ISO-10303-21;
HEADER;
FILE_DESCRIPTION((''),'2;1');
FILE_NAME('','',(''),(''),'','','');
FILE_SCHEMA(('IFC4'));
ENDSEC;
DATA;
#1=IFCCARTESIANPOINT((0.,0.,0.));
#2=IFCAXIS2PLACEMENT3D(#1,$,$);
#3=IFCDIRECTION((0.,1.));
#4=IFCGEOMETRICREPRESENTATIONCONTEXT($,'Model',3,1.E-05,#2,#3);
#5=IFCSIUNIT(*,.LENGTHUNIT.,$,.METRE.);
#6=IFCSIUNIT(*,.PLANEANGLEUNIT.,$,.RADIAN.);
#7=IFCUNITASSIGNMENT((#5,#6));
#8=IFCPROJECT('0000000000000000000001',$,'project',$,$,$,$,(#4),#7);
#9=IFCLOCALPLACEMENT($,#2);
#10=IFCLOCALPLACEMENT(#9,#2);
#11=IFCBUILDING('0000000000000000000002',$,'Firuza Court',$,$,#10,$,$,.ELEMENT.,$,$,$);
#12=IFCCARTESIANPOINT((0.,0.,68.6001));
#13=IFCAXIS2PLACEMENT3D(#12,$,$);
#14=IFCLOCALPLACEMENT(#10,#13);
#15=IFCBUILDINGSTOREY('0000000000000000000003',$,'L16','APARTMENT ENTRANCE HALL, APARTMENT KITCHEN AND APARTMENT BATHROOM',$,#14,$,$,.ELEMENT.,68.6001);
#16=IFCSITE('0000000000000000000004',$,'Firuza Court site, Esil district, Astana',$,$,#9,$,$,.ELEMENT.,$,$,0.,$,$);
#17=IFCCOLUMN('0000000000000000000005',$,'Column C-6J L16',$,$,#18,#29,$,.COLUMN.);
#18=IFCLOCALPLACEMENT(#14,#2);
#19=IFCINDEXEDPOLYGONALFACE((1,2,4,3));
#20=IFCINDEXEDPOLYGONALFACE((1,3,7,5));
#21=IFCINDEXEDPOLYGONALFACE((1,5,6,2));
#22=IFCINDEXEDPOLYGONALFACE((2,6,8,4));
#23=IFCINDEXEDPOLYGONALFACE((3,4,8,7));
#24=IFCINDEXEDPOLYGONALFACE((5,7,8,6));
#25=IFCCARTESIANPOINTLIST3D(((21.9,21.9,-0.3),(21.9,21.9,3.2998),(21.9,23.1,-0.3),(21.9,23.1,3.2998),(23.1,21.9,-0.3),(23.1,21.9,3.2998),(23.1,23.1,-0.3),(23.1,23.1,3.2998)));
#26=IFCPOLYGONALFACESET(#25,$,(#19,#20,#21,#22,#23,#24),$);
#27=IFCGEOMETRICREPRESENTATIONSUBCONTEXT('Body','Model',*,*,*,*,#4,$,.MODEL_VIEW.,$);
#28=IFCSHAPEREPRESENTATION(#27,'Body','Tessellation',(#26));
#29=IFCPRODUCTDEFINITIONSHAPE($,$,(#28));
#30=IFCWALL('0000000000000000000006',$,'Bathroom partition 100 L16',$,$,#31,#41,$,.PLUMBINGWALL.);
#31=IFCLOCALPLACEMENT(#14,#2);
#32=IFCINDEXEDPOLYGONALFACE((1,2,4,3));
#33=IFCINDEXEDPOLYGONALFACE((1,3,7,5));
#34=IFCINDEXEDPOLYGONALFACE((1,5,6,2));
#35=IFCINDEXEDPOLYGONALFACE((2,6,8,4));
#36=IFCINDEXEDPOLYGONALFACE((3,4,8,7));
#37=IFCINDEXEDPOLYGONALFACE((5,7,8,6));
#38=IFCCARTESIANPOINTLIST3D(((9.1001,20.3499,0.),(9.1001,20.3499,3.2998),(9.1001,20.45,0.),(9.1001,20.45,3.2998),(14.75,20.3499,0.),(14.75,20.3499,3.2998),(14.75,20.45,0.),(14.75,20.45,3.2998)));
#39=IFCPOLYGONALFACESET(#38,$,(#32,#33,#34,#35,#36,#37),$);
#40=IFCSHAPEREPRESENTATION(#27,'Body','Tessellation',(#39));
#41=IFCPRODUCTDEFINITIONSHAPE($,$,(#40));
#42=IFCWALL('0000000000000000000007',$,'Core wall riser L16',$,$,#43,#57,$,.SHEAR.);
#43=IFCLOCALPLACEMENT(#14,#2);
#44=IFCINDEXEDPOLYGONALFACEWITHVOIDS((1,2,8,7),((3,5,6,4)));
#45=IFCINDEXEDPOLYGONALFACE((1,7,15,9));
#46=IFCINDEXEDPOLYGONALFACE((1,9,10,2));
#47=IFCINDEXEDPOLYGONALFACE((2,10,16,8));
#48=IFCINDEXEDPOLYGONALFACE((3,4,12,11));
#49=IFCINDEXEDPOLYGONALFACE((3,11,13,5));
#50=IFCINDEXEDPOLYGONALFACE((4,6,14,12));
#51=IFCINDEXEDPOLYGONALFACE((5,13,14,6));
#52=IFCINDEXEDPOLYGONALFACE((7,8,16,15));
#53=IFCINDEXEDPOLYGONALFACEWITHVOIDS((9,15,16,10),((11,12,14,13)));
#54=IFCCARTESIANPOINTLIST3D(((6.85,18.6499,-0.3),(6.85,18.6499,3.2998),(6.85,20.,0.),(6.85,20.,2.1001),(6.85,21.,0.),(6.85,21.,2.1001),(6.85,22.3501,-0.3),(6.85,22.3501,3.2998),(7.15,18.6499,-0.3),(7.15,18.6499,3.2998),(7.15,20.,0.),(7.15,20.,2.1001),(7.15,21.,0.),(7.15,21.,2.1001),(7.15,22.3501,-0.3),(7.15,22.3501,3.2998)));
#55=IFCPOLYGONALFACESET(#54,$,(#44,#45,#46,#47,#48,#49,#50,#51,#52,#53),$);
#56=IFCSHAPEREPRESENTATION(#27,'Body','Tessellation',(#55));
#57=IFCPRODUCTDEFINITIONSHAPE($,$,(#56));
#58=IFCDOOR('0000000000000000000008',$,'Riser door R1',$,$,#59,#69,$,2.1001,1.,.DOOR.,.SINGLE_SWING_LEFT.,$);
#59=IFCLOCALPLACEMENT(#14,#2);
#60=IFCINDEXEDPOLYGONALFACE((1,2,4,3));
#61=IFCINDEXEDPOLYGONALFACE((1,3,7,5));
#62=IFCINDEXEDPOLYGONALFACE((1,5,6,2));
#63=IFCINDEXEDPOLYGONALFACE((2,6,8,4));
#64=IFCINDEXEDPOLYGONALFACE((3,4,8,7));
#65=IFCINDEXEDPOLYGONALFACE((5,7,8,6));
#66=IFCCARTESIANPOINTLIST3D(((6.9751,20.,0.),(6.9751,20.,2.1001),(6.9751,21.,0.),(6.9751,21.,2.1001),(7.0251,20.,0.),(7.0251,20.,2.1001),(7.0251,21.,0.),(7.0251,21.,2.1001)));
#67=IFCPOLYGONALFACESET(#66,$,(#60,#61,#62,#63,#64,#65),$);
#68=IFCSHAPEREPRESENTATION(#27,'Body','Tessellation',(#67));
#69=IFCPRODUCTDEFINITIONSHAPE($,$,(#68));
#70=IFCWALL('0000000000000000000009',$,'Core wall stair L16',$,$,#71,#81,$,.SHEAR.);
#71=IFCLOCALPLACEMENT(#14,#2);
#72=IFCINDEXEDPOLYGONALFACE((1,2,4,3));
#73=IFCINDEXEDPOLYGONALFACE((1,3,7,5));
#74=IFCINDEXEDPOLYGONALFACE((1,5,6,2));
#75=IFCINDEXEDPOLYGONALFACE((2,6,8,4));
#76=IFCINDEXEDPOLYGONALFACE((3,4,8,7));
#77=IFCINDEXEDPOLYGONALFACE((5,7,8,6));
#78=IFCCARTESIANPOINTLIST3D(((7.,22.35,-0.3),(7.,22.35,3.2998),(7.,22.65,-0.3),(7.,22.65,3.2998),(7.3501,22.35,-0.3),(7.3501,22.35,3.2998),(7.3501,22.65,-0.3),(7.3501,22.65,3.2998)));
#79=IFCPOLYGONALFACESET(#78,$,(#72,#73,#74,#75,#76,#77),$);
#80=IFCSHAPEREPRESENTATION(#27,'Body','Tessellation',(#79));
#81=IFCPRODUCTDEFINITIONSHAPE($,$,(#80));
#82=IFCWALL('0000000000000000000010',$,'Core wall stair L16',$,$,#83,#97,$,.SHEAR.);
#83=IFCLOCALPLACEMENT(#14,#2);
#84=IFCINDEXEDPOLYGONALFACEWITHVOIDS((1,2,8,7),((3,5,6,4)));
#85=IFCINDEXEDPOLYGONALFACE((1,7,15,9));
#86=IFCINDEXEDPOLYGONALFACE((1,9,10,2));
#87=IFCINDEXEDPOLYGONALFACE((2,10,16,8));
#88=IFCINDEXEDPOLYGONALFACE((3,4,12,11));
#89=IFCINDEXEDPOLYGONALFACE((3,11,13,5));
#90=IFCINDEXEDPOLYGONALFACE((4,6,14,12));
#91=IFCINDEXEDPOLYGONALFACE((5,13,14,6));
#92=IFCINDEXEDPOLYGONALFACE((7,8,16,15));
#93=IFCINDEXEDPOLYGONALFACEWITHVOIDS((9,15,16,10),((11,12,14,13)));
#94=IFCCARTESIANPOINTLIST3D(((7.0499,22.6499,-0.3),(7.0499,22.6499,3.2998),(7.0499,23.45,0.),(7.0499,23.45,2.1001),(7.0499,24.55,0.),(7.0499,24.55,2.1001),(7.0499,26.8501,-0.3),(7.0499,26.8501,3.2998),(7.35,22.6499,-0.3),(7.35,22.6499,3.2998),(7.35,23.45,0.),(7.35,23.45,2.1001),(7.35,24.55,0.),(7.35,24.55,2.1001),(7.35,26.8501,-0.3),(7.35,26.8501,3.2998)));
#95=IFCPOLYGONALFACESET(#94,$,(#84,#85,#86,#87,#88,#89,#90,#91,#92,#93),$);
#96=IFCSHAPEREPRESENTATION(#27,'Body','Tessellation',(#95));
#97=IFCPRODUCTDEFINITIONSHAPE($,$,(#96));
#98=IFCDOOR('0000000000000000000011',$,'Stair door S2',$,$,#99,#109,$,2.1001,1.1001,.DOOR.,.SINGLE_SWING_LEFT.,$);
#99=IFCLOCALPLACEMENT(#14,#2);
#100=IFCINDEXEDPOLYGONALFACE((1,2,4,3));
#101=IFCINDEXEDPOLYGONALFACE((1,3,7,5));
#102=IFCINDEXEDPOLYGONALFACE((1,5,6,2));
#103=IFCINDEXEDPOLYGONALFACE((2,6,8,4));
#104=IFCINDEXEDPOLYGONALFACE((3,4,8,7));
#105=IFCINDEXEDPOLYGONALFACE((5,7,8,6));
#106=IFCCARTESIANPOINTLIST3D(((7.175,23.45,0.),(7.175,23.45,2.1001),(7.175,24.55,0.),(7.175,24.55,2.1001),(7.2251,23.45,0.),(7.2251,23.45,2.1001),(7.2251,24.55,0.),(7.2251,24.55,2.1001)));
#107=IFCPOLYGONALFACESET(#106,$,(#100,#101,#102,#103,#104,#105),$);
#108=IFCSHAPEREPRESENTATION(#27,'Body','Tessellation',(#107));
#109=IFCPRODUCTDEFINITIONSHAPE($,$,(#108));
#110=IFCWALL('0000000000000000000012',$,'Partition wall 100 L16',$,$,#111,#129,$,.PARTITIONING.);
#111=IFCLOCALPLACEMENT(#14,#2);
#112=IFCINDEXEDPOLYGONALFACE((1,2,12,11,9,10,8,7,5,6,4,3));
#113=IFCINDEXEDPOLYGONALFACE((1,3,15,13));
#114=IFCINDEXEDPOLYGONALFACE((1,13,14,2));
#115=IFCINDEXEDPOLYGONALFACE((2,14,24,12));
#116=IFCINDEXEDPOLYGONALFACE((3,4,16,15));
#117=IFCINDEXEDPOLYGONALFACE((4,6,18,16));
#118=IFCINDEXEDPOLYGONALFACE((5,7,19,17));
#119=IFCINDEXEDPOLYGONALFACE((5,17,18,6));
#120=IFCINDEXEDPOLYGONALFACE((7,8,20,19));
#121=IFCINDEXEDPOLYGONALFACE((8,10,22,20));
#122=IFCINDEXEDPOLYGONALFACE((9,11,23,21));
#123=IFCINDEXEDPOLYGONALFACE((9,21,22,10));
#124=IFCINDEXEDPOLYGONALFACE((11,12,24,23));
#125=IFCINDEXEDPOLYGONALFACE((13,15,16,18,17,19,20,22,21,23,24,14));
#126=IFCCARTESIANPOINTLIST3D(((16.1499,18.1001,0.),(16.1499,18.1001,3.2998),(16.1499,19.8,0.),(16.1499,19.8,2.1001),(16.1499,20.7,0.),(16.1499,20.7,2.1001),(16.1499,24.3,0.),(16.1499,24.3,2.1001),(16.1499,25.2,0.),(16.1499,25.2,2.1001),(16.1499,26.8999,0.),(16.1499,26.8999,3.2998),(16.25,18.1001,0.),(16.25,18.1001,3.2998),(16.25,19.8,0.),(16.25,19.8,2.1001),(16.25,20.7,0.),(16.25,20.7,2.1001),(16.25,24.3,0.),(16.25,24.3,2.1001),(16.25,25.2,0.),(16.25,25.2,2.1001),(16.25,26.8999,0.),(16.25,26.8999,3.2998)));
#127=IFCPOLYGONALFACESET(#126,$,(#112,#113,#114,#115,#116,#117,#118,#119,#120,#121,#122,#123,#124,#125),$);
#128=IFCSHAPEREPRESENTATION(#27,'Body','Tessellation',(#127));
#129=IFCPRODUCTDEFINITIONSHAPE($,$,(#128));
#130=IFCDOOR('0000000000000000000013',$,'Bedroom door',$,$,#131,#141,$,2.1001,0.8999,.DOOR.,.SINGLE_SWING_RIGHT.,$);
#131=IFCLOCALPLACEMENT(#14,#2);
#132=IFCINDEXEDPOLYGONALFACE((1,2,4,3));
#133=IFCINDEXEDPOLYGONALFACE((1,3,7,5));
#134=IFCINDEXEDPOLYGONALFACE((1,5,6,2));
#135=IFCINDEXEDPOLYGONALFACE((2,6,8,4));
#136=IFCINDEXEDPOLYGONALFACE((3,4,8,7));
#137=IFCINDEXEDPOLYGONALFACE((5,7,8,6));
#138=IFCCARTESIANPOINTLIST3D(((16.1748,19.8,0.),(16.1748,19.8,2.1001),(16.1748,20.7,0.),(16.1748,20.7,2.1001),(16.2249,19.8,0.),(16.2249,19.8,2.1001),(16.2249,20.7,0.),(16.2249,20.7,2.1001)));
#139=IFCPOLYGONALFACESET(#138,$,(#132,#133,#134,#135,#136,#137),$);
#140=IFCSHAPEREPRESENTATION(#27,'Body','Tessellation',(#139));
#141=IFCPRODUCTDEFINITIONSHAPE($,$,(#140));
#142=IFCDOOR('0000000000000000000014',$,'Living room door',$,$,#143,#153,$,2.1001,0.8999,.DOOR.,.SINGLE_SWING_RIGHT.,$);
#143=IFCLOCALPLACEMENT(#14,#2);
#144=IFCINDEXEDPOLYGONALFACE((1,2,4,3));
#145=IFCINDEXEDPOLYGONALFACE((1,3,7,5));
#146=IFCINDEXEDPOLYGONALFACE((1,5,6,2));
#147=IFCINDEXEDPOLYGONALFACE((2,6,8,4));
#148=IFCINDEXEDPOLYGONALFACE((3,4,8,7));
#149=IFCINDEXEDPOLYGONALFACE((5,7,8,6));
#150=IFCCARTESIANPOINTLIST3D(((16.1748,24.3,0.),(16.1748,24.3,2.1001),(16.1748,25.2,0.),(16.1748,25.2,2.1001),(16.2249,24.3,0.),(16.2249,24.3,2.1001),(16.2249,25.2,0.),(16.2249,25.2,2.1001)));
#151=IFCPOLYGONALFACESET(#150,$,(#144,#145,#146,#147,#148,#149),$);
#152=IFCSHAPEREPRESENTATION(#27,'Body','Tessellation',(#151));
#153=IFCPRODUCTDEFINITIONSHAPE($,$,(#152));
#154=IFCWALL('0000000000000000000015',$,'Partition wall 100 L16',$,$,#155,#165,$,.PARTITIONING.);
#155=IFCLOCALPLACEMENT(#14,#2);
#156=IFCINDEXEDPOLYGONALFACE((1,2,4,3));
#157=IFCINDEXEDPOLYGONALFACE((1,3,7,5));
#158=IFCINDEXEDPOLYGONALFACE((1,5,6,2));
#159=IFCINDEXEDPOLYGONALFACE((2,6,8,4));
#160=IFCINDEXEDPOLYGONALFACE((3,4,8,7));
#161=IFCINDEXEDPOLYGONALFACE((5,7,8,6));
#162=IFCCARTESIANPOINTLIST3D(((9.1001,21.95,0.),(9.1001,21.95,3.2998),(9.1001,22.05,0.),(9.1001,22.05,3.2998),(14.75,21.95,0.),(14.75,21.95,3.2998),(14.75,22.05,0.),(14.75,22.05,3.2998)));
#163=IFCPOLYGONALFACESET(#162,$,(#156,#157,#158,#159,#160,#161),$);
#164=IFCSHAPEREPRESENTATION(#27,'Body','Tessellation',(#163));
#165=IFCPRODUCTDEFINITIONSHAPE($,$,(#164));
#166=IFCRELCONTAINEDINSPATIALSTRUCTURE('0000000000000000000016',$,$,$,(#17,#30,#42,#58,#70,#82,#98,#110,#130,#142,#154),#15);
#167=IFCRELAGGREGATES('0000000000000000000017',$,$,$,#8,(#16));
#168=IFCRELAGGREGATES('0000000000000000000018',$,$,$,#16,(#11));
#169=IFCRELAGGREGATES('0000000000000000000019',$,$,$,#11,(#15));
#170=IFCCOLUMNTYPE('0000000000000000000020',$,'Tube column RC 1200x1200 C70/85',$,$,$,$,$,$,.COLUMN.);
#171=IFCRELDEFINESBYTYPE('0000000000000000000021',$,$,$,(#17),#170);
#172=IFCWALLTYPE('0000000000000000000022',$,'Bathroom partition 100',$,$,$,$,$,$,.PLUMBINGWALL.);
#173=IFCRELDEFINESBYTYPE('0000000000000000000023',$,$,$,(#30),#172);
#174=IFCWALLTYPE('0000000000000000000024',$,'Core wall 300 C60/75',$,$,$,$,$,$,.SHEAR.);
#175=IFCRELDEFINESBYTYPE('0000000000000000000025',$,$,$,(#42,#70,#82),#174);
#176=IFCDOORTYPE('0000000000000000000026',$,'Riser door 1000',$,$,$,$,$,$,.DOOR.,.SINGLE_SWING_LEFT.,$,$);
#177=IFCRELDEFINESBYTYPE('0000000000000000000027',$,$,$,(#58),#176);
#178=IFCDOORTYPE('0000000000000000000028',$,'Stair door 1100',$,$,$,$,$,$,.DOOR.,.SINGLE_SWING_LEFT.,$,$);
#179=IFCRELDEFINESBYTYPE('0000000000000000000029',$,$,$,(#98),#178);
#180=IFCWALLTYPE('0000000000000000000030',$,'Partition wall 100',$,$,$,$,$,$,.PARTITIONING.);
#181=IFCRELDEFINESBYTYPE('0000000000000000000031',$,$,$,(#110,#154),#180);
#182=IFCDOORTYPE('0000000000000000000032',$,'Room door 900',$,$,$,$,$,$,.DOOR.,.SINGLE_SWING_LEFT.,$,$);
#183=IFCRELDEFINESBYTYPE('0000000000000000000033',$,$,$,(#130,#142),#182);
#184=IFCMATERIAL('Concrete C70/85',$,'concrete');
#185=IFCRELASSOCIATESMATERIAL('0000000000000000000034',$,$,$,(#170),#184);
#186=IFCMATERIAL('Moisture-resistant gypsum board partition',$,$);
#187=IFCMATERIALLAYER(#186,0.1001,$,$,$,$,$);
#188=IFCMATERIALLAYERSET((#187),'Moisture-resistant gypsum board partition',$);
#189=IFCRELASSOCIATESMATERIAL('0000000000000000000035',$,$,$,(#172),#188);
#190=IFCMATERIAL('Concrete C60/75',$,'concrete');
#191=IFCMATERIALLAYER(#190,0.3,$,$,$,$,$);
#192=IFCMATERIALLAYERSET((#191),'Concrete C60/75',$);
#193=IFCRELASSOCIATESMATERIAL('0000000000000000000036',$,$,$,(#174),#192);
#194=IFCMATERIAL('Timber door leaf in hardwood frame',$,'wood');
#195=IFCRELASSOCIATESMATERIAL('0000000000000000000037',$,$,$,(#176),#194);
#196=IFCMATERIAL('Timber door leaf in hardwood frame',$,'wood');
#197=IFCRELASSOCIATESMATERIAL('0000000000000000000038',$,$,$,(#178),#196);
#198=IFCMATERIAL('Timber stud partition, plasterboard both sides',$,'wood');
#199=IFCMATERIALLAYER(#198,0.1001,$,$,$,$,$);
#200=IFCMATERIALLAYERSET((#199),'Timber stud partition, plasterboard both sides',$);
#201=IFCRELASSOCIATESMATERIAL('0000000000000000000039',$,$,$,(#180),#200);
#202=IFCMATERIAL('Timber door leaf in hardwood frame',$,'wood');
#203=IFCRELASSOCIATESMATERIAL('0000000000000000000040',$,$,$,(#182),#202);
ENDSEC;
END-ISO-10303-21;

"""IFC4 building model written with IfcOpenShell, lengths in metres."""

from ifc_helpers import new_model, si_unit, direction, frame, frame_2d, origin, origin_2d, place, context, subcontext, project, spatial, rectangle, extrude, material, layer, layer_set, material_profile, profile_set, type_object, element, fill, save


model = new_model("IFC4")

# Units and contexts
model_context = context("Model", 3, precision=1e-05, world=origin(), true_north=direction((0.0, 1.0)))
body_context = subcontext(model_context, "Body", "Model", "MODEL_VIEW")
ifc_project = project(units=[si_unit("LENGTHUNIT", "METRE"), si_unit("PLANEANGLEUNIT", "RADIAN")], contexts=[model_context])

# Site, building, storey
site_placement = place(None, origin())
site = spatial("IfcSite", under=ifc_project, at=site_placement, Name="Firuza Court site, Esil district, Astana", CompositionType="ELEMENT", RefElevation=0.0)
building_placement = place(site_placement, origin())
building = spatial("IfcBuilding", under=site, at=building_placement, Name="Firuza Court", CompositionType="ELEMENT")
storey_placement = place(building_placement, frame((0.0, 0.0, 68.6001)))
storey = spatial("IfcBuildingStorey", under=building, at=storey_placement, Name="L16", Description="APARTMENT ENTRANCE HALL, APARTMENT KITCHEN AND APARTMENT BATHROOM", CompositionType="ELEMENT", Elevation=68.6001)

# Column
ifc_material_1 = material(Name="Concrete C70/85", Category="concrete")
ifc_material_profile = material_profile(ifc_material_1, rectangle(XDim=1.2, YDim=1.2, at=origin_2d()), Name="RC 1200x1200")
ifc_profile_set = profile_set([ifc_material_profile], Name="Concrete C70/85")
column_type = type_object("IfcColumnType", Name="Tube column RC 1200x1200 C70/85", PredefinedType="COLUMN", material=ifc_profile_set)
column_placement = place(storey_placement, frame((22.5, 22.5, -0.3), z_axis=(0.0, 0.0, 1.0), x_axis=(1.0, 0.0, 0.0)))
element("IfcColumn", 1, at=column_placement, inside=storey, type_object=column_type, Name="Column C-6J L16", PredefinedType="COLUMN", context=body_context, shape_type="SweptSolid", body=[
    extrude(rectangle(XDim=1.2, YDim=1.2, at=origin_2d()), origin(), (0.0, 0.0, 1.0), 3.5999),
])

# Wall
ifc_material_2 = material(Name="Moisture-resistant gypsum board partition")
ifc_layer_1 = layer(ifc_material_2, 0.1001)
ifc_layer_set_1 = layer_set([ifc_layer_1], Name="Moisture-resistant gypsum board partition")
wall_type_1 = type_object("IfcWallType", Name="Bathroom partition 100", PredefinedType="PLUMBINGWALL", material=ifc_layer_set_1)
wall_1_placement = place(storey_placement, frame((9.1001, 20.3999, 0.0), z_axis=(0.0, 0.0, 1.0), x_axis=(1.0, 0.0, 0.0)))
element("IfcWall", 2, at=wall_1_placement, inside=storey, type_object=wall_type_1, Name="Bathroom partition 100 L16", PredefinedType="PLUMBINGWALL", context=body_context, shape_type="SweptSolid", body=[
    extrude(rectangle(XDim=5.6499, YDim=0.1001, at=frame_2d((2.825, 0.0))), origin(), (0.0, 0.0, 1.0), 3.2998),
])

# Wall, opening, door
ifc_material_3 = material(Name="Concrete C60/75", Category="concrete")
ifc_layer_2 = layer(ifc_material_3, 0.3)
ifc_layer_set_2 = layer_set([ifc_layer_2], Name="Concrete C60/75")
wall_type_2 = type_object("IfcWallType", Name="Core wall 300 C60/75", PredefinedType="SHEAR", material=ifc_layer_set_2)
wall_2_placement = place(storey_placement, frame((7.0, 18.6499, -0.3), z_axis=(0.0, 0.0, 1.0), x_axis=(0.0, 1.0, 0.0)))
wall_2 = element("IfcWall", 3, at=wall_2_placement, inside=storey, type_object=wall_type_2, Name="Core wall riser L16", PredefinedType="SHEAR", context=body_context, shape_type="SweptSolid", body=[
    extrude(rectangle(XDim=3.7002, YDim=0.3, at=frame_2d((1.8501, 0.0))), origin(), (0.0, 0.0, 1.0), 3.5999),
])
opening_1_placement = place(wall_2_placement, frame((1.3501, 0.0, 0.3)))
opening_1 = element("IfcOpeningElement", 4, at=opening_1_placement, cuts=wall_2, PredefinedType="OPENING", context=body_context, shape_type="SweptSolid", body=[
    extrude(rectangle(XDim=1.0, YDim=2.1001, at=frame_2d((0.5, 1.05))), frame((0.0, 0.1621, 0.0), z_axis=(0.0, -1.0, 0.0), x_axis=(1.0, 0.0, 0.0)), (0.0, 0.0, 1.0), 0.324),
])
ifc_material_4 = material(Name="Timber door leaf in hardwood frame", Category="wood")
door_type_1 = type_object("IfcDoorType", Name="Riser door 1000", OperationType="SINGLE_SWING_LEFT", PredefinedType="DOOR", material=ifc_material_4)
door_1_placement = place(opening_1_placement, origin())
door_1 = element("IfcDoor", 5, at=door_1_placement, inside=storey, type_object=door_type_1, Name="Riser door R1", OperationType="SINGLE_SWING_LEFT", OverallHeight=2.1001, OverallWidth=1.0, PredefinedType="DOOR", context=body_context, shape_type="SweptSolid", body=[
    extrude(rectangle(XDim=1.0, YDim=2.1001, at=frame_2d((0.5, 1.05))), frame((0.0, 0.0249, 0.0), z_axis=(0.0, -1.0, 0.0), x_axis=(1.0, 0.0, 0.0)), (0.0, 0.0, 1.0), 0.05),
])
fill(opening_1, door_1)

# Wall
wall_3_placement = place(storey_placement, frame((7.0, 22.5, -0.3), z_axis=(0.0, 0.0, 1.0), x_axis=(1.0, 0.0, 0.0)))
element("IfcWall", 6, at=wall_3_placement, inside=storey, type_object=wall_type_2, Name="Core wall stair L16", PredefinedType="SHEAR", context=body_context, shape_type="SweptSolid", body=[
    extrude(rectangle(XDim=0.3501, YDim=0.3, at=frame_2d((0.175, 0.0))), origin(), (0.0, 0.0, 1.0), 3.5999),
])

# Wall, opening, door
wall_4_placement = place(storey_placement, frame((7.2, 22.6499, -0.3), z_axis=(0.0, 0.0, 1.0), x_axis=(0.0, 1.0, 0.0)))
wall_4 = element("IfcWall", 7, at=wall_4_placement, inside=storey, type_object=wall_type_2, Name="Core wall stair L16", PredefinedType="SHEAR", context=body_context, shape_type="SweptSolid", body=[
    extrude(rectangle(XDim=4.2002, YDim=0.3, at=frame_2d((2.1001, 0.0))), origin(), (0.0, 0.0, 1.0), 3.5999),
])
opening_2_placement = place(wall_4_placement, frame((0.8, 0.0, 0.3)))
opening_2 = element("IfcOpeningElement", 8, at=opening_2_placement, cuts=wall_4, PredefinedType="OPENING", context=body_context, shape_type="SweptSolid", body=[
    extrude(rectangle(XDim=1.1001, YDim=2.1001, at=frame_2d((0.55, 1.05))), frame((0.0, 0.1621, 0.0), z_axis=(0.0, -1.0, 0.0), x_axis=(1.0, 0.0, 0.0)), (0.0, 0.0, 1.0), 0.324),
])
ifc_material_5 = material(Name="Timber door leaf in hardwood frame", Category="wood")
door_type_2 = type_object("IfcDoorType", Name="Stair door 1100", OperationType="SINGLE_SWING_LEFT", PredefinedType="DOOR", material=ifc_material_5)
door_2_placement = place(opening_2_placement, origin())
door_2 = element("IfcDoor", 9, at=door_2_placement, inside=storey, type_object=door_type_2, Name="Stair door S2", OperationType="SINGLE_SWING_LEFT", OverallHeight=2.1001, OverallWidth=1.1001, PredefinedType="DOOR", context=body_context, shape_type="SweptSolid", body=[
    extrude(rectangle(XDim=1.1001, YDim=2.1001, at=frame_2d((0.55, 1.05))), frame((0.0, 0.0249, 0.0), z_axis=(0.0, -1.0, 0.0), x_axis=(1.0, 0.0, 0.0)), (0.0, 0.0, 1.0), 0.05),
])
fill(opening_2, door_2)

# Wall, openings, doors
ifc_material_6 = material(Name="Timber stud partition, plasterboard both sides", Category="wood")
ifc_layer_3 = layer(ifc_material_6, 0.1001)
ifc_layer_set_3 = layer_set([ifc_layer_3], Name="Timber stud partition, plasterboard both sides")
wall_type_3 = type_object("IfcWallType", Name="Partition wall 100", PredefinedType="PARTITIONING", material=ifc_layer_set_3)
wall_5_placement = place(storey_placement, frame((16.2, 18.1001, 0.0), z_axis=(0.0, 0.0, 1.0), x_axis=(0.0, 1.0, 0.0)))
wall_5 = element("IfcWall", 10, at=wall_5_placement, inside=storey, type_object=wall_type_3, Name="Partition wall 100 L16", PredefinedType="PARTITIONING", context=body_context, shape_type="SweptSolid", body=[
    extrude(rectangle(XDim=8.7998, YDim=0.1001, at=frame_2d((4.3999, 0.0))), origin(), (0.0, 0.0, 1.0), 3.2998),
])
opening_3_placement = place(wall_5_placement, frame((1.7, 0.0, 0.0)))
opening_3 = element("IfcOpeningElement", 11, at=opening_3_placement, cuts=wall_5, PredefinedType="OPENING", context=body_context, shape_type="SweptSolid", body=[
    extrude(rectangle(XDim=0.8999, YDim=2.1001, at=frame_2d((0.45, 1.05))), frame((0.0, 0.062, 0.0), z_axis=(0.0, -1.0, 0.0), x_axis=(1.0, 0.0, 0.0)), (0.0, 0.0, 1.0), 0.124),
])
opening_4_placement = place(wall_5_placement, frame((6.2, 0.0, 0.0)))
opening_4 = element("IfcOpeningElement", 12, at=opening_4_placement, cuts=wall_5, PredefinedType="OPENING", context=body_context, shape_type="SweptSolid", body=[
    extrude(rectangle(XDim=0.8999, YDim=2.1001, at=frame_2d((0.45, 1.05))), frame((0.0, 0.062, 0.0), z_axis=(0.0, -1.0, 0.0), x_axis=(1.0, 0.0, 0.0)), (0.0, 0.0, 1.0), 0.124),
])
ifc_material_7 = material(Name="Timber door leaf in hardwood frame", Category="wood")
door_type_3 = type_object("IfcDoorType", Name="Room door 900", OperationType="SINGLE_SWING_LEFT", PredefinedType="DOOR", material=ifc_material_7)
door_3_placement = place(opening_3_placement, frame((0.8999, 0.0, 0.0), z_axis=(0.0, 0.0, 1.0), x_axis=(-1.0, 0.0, 0.0)))
door_3 = element("IfcDoor", 13, at=door_3_placement, inside=storey, type_object=door_type_3, Name="Bedroom door", OperationType="SINGLE_SWING_RIGHT", OverallHeight=2.1001, OverallWidth=0.8999, PredefinedType="DOOR", context=body_context, shape_type="SweptSolid", body=[
    extrude(rectangle(XDim=0.8999, YDim=2.1001, at=frame_2d((0.45, 1.05))), frame((0.0, 0.0249, 0.0), z_axis=(0.0, -1.0, 0.0), x_axis=(1.0, 0.0, 0.0)), (0.0, 0.0, 1.0), 0.05),
])
fill(opening_3, door_3)
door_4_placement = place(opening_4_placement, frame((0.8999, 0.0, 0.0), z_axis=(0.0, 0.0, 1.0), x_axis=(-1.0, 0.0, 0.0)))
door_4 = element("IfcDoor", 14, at=door_4_placement, inside=storey, type_object=door_type_3, Name="Living room door", OperationType="SINGLE_SWING_RIGHT", OverallHeight=2.1001, OverallWidth=0.8999, PredefinedType="DOOR", context=body_context, shape_type="SweptSolid", body=[
    extrude(rectangle(XDim=0.8999, YDim=2.1001, at=frame_2d((0.45, 1.05))), frame((0.0, 0.0249, 0.0), z_axis=(0.0, -1.0, 0.0), x_axis=(1.0, 0.0, 0.0)), (0.0, 0.0, 1.0), 0.05),
])
fill(opening_4, door_4)

# Wall
wall_6_placement = place(storey_placement, frame((9.1001, 22.0, 0.0), z_axis=(0.0, 0.0, 1.0), x_axis=(1.0, 0.0, 0.0)))
element("IfcWall", 15, at=wall_6_placement, inside=storey, type_object=wall_type_3, Name="Partition wall 100 L16", PredefinedType="PARTITIONING", context=body_context, shape_type="SweptSolid", body=[
    extrude(rectangle(XDim=5.6499, YDim=0.1001, at=frame_2d((2.825, 0.0))), origin(), (0.0, 0.0, 1.0), 3.2998),
])

save(model, "model.ifc")
